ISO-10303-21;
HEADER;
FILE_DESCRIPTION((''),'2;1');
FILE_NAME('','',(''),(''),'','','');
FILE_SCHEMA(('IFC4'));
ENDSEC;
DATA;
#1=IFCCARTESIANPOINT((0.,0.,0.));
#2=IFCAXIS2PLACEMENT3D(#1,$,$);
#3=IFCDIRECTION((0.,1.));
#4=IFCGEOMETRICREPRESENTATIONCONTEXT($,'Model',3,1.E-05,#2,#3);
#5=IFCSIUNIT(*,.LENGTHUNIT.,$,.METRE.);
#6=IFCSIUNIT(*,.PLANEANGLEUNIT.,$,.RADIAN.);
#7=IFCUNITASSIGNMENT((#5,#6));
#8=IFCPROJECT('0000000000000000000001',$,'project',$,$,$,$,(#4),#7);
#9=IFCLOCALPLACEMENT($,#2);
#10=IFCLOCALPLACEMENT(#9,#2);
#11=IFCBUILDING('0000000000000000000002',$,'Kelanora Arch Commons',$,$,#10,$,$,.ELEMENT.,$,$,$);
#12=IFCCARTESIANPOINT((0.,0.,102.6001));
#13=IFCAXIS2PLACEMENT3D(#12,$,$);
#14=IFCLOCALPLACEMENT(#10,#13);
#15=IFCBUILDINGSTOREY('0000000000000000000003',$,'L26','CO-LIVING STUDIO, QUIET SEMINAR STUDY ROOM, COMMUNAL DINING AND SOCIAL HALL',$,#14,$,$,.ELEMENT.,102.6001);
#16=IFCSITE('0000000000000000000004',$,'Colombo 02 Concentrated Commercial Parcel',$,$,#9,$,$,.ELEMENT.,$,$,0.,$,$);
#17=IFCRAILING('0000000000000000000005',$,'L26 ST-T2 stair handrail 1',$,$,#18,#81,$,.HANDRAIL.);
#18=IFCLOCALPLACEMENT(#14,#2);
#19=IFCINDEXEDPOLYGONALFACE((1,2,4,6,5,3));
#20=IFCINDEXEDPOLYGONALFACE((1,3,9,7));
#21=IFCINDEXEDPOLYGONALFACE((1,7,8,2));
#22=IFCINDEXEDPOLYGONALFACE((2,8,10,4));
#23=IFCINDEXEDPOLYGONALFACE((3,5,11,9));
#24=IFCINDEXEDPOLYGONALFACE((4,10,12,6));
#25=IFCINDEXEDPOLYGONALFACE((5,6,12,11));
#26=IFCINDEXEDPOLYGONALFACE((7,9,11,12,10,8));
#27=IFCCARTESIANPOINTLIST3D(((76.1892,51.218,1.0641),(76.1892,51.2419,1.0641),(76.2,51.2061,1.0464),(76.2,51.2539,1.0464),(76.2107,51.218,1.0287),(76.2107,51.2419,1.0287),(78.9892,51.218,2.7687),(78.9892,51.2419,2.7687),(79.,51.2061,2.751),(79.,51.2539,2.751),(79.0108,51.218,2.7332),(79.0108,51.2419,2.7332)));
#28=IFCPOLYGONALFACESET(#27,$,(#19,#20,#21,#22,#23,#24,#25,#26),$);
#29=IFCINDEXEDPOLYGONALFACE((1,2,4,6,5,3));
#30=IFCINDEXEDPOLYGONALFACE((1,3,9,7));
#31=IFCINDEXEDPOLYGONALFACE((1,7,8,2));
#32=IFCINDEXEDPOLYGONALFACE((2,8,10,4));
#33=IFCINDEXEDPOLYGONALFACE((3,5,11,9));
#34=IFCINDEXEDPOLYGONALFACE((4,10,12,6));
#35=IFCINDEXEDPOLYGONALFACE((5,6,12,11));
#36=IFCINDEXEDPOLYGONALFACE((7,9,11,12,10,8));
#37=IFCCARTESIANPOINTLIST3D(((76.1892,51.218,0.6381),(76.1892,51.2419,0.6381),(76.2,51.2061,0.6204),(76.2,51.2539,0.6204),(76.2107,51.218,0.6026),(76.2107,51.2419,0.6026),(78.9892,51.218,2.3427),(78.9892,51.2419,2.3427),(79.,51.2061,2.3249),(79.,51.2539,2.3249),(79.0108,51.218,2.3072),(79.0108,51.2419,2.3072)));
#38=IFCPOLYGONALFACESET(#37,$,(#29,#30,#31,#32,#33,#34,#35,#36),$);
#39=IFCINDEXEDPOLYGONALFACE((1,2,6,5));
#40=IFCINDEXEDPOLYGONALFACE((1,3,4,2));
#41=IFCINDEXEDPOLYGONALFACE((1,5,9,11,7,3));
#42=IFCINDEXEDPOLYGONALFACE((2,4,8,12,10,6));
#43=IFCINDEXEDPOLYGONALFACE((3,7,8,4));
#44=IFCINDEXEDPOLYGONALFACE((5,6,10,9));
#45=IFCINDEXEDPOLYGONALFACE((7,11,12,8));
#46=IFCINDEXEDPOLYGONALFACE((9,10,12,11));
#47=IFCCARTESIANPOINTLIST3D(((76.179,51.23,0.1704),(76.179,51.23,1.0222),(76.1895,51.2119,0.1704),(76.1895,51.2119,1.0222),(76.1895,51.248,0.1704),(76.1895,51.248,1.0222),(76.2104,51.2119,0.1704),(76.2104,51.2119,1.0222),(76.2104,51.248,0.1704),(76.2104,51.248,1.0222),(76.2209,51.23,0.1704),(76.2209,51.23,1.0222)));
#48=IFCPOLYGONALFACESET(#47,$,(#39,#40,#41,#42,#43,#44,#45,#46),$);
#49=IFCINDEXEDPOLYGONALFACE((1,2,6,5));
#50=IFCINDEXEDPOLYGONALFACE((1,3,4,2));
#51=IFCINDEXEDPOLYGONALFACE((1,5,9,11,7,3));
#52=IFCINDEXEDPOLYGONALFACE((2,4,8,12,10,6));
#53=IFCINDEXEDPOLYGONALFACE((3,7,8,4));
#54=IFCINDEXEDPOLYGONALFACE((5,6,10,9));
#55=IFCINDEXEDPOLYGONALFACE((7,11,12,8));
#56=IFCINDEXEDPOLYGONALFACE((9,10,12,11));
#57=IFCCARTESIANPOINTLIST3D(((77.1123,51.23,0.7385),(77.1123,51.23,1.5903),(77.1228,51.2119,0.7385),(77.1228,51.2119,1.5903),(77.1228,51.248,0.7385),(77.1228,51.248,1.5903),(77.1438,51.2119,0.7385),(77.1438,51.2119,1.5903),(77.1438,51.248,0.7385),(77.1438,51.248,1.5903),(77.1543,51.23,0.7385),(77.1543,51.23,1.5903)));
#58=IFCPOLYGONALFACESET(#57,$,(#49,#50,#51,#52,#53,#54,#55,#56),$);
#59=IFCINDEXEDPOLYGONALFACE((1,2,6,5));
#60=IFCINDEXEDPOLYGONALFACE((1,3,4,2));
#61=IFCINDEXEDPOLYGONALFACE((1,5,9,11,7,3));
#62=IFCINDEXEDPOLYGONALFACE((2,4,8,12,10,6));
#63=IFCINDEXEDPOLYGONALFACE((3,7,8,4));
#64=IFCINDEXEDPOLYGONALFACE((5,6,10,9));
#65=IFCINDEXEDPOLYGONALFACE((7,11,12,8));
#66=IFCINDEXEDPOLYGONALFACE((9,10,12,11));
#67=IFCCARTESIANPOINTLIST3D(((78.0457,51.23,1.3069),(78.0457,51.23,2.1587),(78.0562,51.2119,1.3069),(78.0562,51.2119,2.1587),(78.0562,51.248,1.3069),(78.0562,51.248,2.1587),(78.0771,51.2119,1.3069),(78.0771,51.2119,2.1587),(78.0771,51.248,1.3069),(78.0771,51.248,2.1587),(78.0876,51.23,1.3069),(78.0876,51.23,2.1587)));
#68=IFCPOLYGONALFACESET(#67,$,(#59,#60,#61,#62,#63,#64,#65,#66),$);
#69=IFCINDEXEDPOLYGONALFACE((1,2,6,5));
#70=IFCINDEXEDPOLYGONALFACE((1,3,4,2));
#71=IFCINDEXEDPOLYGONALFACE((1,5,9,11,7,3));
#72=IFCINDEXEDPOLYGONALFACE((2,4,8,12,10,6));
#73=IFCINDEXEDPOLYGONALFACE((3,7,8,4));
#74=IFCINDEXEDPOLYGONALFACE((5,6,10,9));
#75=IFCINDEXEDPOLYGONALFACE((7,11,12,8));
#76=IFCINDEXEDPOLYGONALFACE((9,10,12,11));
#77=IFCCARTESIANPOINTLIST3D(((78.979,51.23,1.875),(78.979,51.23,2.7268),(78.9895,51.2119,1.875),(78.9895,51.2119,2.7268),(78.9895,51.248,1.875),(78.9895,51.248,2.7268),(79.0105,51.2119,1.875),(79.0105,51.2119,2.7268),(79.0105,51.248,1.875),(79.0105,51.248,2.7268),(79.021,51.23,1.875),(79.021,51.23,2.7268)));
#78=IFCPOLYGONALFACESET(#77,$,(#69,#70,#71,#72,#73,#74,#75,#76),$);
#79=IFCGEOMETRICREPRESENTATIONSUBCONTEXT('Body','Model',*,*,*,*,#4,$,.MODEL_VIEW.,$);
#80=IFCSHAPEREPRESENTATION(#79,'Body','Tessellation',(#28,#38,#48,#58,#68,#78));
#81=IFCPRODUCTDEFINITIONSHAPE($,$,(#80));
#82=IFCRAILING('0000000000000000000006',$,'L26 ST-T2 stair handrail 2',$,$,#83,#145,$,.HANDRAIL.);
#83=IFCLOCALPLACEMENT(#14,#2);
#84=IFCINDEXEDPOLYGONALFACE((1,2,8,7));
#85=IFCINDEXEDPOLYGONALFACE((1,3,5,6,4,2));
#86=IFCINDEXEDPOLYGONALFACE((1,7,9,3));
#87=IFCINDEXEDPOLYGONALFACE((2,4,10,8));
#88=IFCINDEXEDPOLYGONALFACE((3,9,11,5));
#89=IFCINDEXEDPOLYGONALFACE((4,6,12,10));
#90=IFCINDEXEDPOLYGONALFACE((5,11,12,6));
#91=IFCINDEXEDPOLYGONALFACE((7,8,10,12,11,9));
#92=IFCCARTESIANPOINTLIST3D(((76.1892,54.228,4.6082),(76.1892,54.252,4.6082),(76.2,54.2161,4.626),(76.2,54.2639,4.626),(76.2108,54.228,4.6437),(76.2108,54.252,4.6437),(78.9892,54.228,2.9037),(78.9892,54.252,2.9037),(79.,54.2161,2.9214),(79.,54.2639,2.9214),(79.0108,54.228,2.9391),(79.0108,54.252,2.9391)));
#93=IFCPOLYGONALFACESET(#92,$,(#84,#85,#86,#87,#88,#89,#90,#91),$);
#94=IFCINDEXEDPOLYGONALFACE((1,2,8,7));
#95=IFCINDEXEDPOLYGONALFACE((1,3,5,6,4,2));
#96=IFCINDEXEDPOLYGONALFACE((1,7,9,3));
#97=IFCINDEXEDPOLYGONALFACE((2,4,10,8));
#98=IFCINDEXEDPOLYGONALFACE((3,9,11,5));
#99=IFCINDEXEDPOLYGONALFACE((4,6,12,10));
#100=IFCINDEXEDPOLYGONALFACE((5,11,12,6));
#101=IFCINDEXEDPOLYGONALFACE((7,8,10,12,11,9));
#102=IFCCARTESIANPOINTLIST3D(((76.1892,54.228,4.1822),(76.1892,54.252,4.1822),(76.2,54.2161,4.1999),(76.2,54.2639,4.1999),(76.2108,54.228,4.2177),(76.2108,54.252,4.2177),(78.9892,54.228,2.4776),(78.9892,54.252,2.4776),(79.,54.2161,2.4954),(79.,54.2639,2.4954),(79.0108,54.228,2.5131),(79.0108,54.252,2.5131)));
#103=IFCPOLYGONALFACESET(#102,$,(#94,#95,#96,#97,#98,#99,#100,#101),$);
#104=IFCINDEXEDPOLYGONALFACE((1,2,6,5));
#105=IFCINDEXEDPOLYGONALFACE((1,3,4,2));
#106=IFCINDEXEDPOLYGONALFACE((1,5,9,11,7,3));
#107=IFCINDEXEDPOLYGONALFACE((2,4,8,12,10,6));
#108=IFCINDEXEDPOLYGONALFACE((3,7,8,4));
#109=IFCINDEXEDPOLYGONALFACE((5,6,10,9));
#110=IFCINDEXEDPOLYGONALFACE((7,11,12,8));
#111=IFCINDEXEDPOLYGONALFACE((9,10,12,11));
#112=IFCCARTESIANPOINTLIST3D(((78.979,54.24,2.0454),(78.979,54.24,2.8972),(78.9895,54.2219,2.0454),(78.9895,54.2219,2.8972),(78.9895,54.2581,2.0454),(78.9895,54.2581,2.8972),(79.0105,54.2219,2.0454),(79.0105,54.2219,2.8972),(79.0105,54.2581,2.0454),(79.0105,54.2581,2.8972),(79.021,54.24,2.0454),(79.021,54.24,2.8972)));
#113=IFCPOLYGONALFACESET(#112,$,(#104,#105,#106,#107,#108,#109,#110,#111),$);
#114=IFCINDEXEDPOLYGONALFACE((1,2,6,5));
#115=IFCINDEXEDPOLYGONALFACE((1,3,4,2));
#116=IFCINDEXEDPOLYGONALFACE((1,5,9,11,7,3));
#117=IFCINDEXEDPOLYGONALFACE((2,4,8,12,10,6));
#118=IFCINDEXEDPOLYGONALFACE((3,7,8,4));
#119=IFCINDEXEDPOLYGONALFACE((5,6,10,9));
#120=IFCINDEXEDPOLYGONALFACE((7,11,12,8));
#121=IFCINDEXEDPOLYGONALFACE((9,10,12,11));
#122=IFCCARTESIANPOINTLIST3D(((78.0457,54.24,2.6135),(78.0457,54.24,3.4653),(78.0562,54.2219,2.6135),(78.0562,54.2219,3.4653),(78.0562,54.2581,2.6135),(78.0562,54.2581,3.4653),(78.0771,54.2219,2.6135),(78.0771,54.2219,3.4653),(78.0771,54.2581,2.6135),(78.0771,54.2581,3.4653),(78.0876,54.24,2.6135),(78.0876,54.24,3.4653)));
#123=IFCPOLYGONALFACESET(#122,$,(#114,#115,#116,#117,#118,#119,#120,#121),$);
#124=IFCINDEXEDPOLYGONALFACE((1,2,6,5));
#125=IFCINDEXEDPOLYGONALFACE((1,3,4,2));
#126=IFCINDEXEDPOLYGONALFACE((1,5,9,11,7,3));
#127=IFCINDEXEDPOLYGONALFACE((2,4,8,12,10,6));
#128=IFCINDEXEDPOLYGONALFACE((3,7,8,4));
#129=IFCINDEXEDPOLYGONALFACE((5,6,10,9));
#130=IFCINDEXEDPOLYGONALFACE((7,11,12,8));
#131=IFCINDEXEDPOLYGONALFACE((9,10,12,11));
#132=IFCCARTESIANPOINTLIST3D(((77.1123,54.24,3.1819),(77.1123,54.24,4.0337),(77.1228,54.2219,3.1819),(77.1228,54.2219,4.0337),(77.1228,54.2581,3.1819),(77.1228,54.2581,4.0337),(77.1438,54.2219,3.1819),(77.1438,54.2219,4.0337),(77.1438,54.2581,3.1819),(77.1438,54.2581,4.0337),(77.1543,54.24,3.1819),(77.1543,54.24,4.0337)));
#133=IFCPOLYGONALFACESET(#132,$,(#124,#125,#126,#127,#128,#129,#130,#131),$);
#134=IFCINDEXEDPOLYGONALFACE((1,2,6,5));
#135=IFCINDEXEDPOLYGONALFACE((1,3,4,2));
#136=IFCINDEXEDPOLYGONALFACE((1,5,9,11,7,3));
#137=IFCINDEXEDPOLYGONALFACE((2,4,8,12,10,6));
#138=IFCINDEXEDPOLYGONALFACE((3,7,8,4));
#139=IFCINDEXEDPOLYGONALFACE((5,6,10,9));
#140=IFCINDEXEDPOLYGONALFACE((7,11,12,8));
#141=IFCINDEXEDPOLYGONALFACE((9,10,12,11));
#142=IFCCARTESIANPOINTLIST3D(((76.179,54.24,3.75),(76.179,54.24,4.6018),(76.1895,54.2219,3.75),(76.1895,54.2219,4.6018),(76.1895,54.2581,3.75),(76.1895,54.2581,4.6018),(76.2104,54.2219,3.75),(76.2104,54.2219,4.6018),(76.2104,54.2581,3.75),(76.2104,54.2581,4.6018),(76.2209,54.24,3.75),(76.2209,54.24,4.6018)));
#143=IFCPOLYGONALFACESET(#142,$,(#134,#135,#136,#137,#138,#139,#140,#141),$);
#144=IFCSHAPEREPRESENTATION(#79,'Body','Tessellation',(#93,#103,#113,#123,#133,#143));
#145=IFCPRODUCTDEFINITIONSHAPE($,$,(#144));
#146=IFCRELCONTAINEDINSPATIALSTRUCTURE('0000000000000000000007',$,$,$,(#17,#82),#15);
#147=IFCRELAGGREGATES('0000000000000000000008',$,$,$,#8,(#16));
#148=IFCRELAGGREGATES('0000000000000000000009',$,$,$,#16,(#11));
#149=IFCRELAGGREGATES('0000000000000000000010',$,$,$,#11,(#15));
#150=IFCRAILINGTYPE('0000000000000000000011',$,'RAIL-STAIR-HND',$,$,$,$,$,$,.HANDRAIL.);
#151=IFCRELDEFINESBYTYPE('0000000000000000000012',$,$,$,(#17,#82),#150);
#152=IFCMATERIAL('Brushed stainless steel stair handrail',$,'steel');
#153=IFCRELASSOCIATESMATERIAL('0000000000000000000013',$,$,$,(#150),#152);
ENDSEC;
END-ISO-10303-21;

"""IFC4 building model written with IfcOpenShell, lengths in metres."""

from ifc_helpers import new_model, si_unit, direction, frame, origin, place, context, subcontext, project, spatial, polyline, outline, extrude, material, type_object, element, save


model = new_model("IFC4")

# Units and contexts
model_context = context("Model", 3, precision=1e-05, world=origin(), true_north=direction((0.0, 1.0)))
body_context = subcontext(model_context, "Body", "Model", "MODEL_VIEW")
ifc_project = project(units=[si_unit("LENGTHUNIT", "METRE"), si_unit("PLANEANGLEUNIT", "RADIAN")], contexts=[model_context])

# Site, building, storey
site_placement = place(None, origin())
site = spatial("IfcSite", under=ifc_project, at=site_placement, Name="Colombo 02 Concentrated Commercial Parcel", CompositionType="ELEMENT", RefElevation=0.0)
building_placement = place(site_placement, origin())
building = spatial("IfcBuilding", under=site, at=building_placement, Name="Kelanora Arch Commons", CompositionType="ELEMENT")
storey_placement = place(building_placement, frame((0.0, 0.0, 102.6001)))
storey = spatial("IfcBuildingStorey", under=building, at=storey_placement, Name="L26", Description="CO-LIVING STUDIO, QUIET SEMINAR STUDY ROOM, COMMUNAL DINING AND SOCIAL HALL", CompositionType="ELEMENT", Elevation=102.6001)

# Railings
ifc_material_1 = material(Name="Brushed stainless steel stair handrail", Category="steel")
railing_type_1 = type_object("IfcRailingType", Name="RAIL-STAIR-HND", PredefinedType="HANDRAIL", material=ifc_material_1)
railing_1_placement = place(storey_placement, frame((76.2, 51.23, 0.1704)))
element("IfcRailing", 1, at=railing_1_placement, inside=storey, type_object=railing_type_1, Name="L26 ST-T2 stair handrail 1", PredefinedType="HANDRAIL", context=body_context, shape_type="SweptSolid", body=[
    extrude(outline(polyline([(0.0239, 0.0), (0.012, 0.0208), (-0.012, 0.0208), (-0.0239, 0.0), (-0.012, -0.0208), (0.012, -0.0208), (0.0239, 0.0)])), frame((0.0, 0.0, 0.876), z_axis=(0.85417, 0.0, 0.519994), x_axis=(0.0, 1.0, 0.0)), (0.0, 0.0, 1.0), 3.2781),
    extrude(outline(polyline([(0.0239, 0.0), (0.012, 0.0208), (-0.012, 0.0208), (-0.0239, 0.0), (-0.012, -0.0208), (0.012, -0.0208), (0.0239, 0.0)])), frame((0.0, 0.0, 0.45), z_axis=(0.85417, 0.0, 0.519994), x_axis=(0.0, 1.0, 0.0)), (0.0, 0.0, 1.0), 3.2781),
    extrude(outline(polyline([(0.021, 0.0), (0.0105, 0.0181), (-0.0105, 0.0181), (-0.021, 0.0), (-0.0105, -0.0181), (0.0105, -0.0181), (0.021, 0.0)])), origin(), (0.0, 0.0, 1.0), 0.8518),
    extrude(outline(polyline([(0.021, 0.0), (0.0105, 0.0181), (-0.0105, 0.0181), (-0.021, 0.0), (-0.0105, -0.0181), (0.0105, -0.0181), (0.021, 0.0)])), frame((0.9333, 0.0, 0.5681)), (0.0, 0.0, 1.0), 0.8518),
    extrude(outline(polyline([(0.021, 0.0), (0.0105, 0.0181), (-0.0105, 0.0181), (-0.021, 0.0), (-0.0105, -0.0181), (0.0105, -0.0181), (0.021, 0.0)])), frame((1.8667, 0.0, 1.1365)), (0.0, 0.0, 1.0), 0.8518),
    extrude(outline(polyline([(0.021, 0.0), (0.0105, 0.0181), (-0.0105, 0.0181), (-0.021, 0.0), (-0.0105, -0.0181), (0.0105, -0.0181), (0.021, 0.0)])), frame((2.8, 0.0, 1.7046)), (0.0, 0.0, 1.0), 0.8518),
])
railing_2_placement = place(storey_placement, frame((79.0, 54.24, 2.0454)))
element("IfcRailing", 2, at=railing_2_placement, inside=storey, type_object=railing_type_1, Name="L26 ST-T2 stair handrail 2", PredefinedType="HANDRAIL", context=body_context, shape_type="SweptSolid", body=[
    extrude(outline(polyline([(0.0239, 0.0), (0.012, 0.0208), (-0.012, 0.0208), (-0.0239, 0.0), (-0.012, -0.0208), (0.012, -0.0208), (0.0239, 0.0)])), frame((0.0, 0.0, 0.876), z_axis=(-0.85417, 0.0, 0.519994), x_axis=(0.0, -1.0, 0.0)), (0.0, 0.0, 1.0), 3.2781),
    extrude(outline(polyline([(0.0239, 0.0), (0.012, 0.0208), (-0.012, 0.0208), (-0.0239, 0.0), (-0.012, -0.0208), (0.012, -0.0208), (0.0239, 0.0)])), frame((0.0, 0.0, 0.45), z_axis=(-0.85417, 0.0, 0.519994), x_axis=(0.0, -1.0, 0.0)), (0.0, 0.0, 1.0), 3.2781),
    extrude(outline(polyline([(0.021, 0.0), (0.0105, 0.0181), (-0.0105, 0.0181), (-0.021, 0.0), (-0.0105, -0.0181), (0.0105, -0.0181), (0.021, 0.0)])), origin(), (0.0, 0.0, 1.0), 0.8518),
    extrude(outline(polyline([(0.021, 0.0), (0.0105, 0.0181), (-0.0105, 0.0181), (-0.021, 0.0), (-0.0105, -0.0181), (0.0105, -0.0181), (0.021, 0.0)])), frame((-0.9333, 0.0, 0.5681)), (0.0, 0.0, 1.0), 0.8518),
    extrude(outline(polyline([(0.021, 0.0), (0.0105, 0.0181), (-0.0105, 0.0181), (-0.021, 0.0), (-0.0105, -0.0181), (0.0105, -0.0181), (0.021, 0.0)])), frame((-1.8667, 0.0, 1.1365)), (0.0, 0.0, 1.0), 0.8518),
    extrude(outline(polyline([(0.021, 0.0), (0.0105, 0.0181), (-0.0105, 0.0181), (-0.021, 0.0), (-0.0105, -0.0181), (0.0105, -0.0181), (0.021, 0.0)])), frame((-2.8, 0.0, 1.7046)), (0.0, 0.0, 1.0), 0.8518),
])

save(model, "model.ifc")
